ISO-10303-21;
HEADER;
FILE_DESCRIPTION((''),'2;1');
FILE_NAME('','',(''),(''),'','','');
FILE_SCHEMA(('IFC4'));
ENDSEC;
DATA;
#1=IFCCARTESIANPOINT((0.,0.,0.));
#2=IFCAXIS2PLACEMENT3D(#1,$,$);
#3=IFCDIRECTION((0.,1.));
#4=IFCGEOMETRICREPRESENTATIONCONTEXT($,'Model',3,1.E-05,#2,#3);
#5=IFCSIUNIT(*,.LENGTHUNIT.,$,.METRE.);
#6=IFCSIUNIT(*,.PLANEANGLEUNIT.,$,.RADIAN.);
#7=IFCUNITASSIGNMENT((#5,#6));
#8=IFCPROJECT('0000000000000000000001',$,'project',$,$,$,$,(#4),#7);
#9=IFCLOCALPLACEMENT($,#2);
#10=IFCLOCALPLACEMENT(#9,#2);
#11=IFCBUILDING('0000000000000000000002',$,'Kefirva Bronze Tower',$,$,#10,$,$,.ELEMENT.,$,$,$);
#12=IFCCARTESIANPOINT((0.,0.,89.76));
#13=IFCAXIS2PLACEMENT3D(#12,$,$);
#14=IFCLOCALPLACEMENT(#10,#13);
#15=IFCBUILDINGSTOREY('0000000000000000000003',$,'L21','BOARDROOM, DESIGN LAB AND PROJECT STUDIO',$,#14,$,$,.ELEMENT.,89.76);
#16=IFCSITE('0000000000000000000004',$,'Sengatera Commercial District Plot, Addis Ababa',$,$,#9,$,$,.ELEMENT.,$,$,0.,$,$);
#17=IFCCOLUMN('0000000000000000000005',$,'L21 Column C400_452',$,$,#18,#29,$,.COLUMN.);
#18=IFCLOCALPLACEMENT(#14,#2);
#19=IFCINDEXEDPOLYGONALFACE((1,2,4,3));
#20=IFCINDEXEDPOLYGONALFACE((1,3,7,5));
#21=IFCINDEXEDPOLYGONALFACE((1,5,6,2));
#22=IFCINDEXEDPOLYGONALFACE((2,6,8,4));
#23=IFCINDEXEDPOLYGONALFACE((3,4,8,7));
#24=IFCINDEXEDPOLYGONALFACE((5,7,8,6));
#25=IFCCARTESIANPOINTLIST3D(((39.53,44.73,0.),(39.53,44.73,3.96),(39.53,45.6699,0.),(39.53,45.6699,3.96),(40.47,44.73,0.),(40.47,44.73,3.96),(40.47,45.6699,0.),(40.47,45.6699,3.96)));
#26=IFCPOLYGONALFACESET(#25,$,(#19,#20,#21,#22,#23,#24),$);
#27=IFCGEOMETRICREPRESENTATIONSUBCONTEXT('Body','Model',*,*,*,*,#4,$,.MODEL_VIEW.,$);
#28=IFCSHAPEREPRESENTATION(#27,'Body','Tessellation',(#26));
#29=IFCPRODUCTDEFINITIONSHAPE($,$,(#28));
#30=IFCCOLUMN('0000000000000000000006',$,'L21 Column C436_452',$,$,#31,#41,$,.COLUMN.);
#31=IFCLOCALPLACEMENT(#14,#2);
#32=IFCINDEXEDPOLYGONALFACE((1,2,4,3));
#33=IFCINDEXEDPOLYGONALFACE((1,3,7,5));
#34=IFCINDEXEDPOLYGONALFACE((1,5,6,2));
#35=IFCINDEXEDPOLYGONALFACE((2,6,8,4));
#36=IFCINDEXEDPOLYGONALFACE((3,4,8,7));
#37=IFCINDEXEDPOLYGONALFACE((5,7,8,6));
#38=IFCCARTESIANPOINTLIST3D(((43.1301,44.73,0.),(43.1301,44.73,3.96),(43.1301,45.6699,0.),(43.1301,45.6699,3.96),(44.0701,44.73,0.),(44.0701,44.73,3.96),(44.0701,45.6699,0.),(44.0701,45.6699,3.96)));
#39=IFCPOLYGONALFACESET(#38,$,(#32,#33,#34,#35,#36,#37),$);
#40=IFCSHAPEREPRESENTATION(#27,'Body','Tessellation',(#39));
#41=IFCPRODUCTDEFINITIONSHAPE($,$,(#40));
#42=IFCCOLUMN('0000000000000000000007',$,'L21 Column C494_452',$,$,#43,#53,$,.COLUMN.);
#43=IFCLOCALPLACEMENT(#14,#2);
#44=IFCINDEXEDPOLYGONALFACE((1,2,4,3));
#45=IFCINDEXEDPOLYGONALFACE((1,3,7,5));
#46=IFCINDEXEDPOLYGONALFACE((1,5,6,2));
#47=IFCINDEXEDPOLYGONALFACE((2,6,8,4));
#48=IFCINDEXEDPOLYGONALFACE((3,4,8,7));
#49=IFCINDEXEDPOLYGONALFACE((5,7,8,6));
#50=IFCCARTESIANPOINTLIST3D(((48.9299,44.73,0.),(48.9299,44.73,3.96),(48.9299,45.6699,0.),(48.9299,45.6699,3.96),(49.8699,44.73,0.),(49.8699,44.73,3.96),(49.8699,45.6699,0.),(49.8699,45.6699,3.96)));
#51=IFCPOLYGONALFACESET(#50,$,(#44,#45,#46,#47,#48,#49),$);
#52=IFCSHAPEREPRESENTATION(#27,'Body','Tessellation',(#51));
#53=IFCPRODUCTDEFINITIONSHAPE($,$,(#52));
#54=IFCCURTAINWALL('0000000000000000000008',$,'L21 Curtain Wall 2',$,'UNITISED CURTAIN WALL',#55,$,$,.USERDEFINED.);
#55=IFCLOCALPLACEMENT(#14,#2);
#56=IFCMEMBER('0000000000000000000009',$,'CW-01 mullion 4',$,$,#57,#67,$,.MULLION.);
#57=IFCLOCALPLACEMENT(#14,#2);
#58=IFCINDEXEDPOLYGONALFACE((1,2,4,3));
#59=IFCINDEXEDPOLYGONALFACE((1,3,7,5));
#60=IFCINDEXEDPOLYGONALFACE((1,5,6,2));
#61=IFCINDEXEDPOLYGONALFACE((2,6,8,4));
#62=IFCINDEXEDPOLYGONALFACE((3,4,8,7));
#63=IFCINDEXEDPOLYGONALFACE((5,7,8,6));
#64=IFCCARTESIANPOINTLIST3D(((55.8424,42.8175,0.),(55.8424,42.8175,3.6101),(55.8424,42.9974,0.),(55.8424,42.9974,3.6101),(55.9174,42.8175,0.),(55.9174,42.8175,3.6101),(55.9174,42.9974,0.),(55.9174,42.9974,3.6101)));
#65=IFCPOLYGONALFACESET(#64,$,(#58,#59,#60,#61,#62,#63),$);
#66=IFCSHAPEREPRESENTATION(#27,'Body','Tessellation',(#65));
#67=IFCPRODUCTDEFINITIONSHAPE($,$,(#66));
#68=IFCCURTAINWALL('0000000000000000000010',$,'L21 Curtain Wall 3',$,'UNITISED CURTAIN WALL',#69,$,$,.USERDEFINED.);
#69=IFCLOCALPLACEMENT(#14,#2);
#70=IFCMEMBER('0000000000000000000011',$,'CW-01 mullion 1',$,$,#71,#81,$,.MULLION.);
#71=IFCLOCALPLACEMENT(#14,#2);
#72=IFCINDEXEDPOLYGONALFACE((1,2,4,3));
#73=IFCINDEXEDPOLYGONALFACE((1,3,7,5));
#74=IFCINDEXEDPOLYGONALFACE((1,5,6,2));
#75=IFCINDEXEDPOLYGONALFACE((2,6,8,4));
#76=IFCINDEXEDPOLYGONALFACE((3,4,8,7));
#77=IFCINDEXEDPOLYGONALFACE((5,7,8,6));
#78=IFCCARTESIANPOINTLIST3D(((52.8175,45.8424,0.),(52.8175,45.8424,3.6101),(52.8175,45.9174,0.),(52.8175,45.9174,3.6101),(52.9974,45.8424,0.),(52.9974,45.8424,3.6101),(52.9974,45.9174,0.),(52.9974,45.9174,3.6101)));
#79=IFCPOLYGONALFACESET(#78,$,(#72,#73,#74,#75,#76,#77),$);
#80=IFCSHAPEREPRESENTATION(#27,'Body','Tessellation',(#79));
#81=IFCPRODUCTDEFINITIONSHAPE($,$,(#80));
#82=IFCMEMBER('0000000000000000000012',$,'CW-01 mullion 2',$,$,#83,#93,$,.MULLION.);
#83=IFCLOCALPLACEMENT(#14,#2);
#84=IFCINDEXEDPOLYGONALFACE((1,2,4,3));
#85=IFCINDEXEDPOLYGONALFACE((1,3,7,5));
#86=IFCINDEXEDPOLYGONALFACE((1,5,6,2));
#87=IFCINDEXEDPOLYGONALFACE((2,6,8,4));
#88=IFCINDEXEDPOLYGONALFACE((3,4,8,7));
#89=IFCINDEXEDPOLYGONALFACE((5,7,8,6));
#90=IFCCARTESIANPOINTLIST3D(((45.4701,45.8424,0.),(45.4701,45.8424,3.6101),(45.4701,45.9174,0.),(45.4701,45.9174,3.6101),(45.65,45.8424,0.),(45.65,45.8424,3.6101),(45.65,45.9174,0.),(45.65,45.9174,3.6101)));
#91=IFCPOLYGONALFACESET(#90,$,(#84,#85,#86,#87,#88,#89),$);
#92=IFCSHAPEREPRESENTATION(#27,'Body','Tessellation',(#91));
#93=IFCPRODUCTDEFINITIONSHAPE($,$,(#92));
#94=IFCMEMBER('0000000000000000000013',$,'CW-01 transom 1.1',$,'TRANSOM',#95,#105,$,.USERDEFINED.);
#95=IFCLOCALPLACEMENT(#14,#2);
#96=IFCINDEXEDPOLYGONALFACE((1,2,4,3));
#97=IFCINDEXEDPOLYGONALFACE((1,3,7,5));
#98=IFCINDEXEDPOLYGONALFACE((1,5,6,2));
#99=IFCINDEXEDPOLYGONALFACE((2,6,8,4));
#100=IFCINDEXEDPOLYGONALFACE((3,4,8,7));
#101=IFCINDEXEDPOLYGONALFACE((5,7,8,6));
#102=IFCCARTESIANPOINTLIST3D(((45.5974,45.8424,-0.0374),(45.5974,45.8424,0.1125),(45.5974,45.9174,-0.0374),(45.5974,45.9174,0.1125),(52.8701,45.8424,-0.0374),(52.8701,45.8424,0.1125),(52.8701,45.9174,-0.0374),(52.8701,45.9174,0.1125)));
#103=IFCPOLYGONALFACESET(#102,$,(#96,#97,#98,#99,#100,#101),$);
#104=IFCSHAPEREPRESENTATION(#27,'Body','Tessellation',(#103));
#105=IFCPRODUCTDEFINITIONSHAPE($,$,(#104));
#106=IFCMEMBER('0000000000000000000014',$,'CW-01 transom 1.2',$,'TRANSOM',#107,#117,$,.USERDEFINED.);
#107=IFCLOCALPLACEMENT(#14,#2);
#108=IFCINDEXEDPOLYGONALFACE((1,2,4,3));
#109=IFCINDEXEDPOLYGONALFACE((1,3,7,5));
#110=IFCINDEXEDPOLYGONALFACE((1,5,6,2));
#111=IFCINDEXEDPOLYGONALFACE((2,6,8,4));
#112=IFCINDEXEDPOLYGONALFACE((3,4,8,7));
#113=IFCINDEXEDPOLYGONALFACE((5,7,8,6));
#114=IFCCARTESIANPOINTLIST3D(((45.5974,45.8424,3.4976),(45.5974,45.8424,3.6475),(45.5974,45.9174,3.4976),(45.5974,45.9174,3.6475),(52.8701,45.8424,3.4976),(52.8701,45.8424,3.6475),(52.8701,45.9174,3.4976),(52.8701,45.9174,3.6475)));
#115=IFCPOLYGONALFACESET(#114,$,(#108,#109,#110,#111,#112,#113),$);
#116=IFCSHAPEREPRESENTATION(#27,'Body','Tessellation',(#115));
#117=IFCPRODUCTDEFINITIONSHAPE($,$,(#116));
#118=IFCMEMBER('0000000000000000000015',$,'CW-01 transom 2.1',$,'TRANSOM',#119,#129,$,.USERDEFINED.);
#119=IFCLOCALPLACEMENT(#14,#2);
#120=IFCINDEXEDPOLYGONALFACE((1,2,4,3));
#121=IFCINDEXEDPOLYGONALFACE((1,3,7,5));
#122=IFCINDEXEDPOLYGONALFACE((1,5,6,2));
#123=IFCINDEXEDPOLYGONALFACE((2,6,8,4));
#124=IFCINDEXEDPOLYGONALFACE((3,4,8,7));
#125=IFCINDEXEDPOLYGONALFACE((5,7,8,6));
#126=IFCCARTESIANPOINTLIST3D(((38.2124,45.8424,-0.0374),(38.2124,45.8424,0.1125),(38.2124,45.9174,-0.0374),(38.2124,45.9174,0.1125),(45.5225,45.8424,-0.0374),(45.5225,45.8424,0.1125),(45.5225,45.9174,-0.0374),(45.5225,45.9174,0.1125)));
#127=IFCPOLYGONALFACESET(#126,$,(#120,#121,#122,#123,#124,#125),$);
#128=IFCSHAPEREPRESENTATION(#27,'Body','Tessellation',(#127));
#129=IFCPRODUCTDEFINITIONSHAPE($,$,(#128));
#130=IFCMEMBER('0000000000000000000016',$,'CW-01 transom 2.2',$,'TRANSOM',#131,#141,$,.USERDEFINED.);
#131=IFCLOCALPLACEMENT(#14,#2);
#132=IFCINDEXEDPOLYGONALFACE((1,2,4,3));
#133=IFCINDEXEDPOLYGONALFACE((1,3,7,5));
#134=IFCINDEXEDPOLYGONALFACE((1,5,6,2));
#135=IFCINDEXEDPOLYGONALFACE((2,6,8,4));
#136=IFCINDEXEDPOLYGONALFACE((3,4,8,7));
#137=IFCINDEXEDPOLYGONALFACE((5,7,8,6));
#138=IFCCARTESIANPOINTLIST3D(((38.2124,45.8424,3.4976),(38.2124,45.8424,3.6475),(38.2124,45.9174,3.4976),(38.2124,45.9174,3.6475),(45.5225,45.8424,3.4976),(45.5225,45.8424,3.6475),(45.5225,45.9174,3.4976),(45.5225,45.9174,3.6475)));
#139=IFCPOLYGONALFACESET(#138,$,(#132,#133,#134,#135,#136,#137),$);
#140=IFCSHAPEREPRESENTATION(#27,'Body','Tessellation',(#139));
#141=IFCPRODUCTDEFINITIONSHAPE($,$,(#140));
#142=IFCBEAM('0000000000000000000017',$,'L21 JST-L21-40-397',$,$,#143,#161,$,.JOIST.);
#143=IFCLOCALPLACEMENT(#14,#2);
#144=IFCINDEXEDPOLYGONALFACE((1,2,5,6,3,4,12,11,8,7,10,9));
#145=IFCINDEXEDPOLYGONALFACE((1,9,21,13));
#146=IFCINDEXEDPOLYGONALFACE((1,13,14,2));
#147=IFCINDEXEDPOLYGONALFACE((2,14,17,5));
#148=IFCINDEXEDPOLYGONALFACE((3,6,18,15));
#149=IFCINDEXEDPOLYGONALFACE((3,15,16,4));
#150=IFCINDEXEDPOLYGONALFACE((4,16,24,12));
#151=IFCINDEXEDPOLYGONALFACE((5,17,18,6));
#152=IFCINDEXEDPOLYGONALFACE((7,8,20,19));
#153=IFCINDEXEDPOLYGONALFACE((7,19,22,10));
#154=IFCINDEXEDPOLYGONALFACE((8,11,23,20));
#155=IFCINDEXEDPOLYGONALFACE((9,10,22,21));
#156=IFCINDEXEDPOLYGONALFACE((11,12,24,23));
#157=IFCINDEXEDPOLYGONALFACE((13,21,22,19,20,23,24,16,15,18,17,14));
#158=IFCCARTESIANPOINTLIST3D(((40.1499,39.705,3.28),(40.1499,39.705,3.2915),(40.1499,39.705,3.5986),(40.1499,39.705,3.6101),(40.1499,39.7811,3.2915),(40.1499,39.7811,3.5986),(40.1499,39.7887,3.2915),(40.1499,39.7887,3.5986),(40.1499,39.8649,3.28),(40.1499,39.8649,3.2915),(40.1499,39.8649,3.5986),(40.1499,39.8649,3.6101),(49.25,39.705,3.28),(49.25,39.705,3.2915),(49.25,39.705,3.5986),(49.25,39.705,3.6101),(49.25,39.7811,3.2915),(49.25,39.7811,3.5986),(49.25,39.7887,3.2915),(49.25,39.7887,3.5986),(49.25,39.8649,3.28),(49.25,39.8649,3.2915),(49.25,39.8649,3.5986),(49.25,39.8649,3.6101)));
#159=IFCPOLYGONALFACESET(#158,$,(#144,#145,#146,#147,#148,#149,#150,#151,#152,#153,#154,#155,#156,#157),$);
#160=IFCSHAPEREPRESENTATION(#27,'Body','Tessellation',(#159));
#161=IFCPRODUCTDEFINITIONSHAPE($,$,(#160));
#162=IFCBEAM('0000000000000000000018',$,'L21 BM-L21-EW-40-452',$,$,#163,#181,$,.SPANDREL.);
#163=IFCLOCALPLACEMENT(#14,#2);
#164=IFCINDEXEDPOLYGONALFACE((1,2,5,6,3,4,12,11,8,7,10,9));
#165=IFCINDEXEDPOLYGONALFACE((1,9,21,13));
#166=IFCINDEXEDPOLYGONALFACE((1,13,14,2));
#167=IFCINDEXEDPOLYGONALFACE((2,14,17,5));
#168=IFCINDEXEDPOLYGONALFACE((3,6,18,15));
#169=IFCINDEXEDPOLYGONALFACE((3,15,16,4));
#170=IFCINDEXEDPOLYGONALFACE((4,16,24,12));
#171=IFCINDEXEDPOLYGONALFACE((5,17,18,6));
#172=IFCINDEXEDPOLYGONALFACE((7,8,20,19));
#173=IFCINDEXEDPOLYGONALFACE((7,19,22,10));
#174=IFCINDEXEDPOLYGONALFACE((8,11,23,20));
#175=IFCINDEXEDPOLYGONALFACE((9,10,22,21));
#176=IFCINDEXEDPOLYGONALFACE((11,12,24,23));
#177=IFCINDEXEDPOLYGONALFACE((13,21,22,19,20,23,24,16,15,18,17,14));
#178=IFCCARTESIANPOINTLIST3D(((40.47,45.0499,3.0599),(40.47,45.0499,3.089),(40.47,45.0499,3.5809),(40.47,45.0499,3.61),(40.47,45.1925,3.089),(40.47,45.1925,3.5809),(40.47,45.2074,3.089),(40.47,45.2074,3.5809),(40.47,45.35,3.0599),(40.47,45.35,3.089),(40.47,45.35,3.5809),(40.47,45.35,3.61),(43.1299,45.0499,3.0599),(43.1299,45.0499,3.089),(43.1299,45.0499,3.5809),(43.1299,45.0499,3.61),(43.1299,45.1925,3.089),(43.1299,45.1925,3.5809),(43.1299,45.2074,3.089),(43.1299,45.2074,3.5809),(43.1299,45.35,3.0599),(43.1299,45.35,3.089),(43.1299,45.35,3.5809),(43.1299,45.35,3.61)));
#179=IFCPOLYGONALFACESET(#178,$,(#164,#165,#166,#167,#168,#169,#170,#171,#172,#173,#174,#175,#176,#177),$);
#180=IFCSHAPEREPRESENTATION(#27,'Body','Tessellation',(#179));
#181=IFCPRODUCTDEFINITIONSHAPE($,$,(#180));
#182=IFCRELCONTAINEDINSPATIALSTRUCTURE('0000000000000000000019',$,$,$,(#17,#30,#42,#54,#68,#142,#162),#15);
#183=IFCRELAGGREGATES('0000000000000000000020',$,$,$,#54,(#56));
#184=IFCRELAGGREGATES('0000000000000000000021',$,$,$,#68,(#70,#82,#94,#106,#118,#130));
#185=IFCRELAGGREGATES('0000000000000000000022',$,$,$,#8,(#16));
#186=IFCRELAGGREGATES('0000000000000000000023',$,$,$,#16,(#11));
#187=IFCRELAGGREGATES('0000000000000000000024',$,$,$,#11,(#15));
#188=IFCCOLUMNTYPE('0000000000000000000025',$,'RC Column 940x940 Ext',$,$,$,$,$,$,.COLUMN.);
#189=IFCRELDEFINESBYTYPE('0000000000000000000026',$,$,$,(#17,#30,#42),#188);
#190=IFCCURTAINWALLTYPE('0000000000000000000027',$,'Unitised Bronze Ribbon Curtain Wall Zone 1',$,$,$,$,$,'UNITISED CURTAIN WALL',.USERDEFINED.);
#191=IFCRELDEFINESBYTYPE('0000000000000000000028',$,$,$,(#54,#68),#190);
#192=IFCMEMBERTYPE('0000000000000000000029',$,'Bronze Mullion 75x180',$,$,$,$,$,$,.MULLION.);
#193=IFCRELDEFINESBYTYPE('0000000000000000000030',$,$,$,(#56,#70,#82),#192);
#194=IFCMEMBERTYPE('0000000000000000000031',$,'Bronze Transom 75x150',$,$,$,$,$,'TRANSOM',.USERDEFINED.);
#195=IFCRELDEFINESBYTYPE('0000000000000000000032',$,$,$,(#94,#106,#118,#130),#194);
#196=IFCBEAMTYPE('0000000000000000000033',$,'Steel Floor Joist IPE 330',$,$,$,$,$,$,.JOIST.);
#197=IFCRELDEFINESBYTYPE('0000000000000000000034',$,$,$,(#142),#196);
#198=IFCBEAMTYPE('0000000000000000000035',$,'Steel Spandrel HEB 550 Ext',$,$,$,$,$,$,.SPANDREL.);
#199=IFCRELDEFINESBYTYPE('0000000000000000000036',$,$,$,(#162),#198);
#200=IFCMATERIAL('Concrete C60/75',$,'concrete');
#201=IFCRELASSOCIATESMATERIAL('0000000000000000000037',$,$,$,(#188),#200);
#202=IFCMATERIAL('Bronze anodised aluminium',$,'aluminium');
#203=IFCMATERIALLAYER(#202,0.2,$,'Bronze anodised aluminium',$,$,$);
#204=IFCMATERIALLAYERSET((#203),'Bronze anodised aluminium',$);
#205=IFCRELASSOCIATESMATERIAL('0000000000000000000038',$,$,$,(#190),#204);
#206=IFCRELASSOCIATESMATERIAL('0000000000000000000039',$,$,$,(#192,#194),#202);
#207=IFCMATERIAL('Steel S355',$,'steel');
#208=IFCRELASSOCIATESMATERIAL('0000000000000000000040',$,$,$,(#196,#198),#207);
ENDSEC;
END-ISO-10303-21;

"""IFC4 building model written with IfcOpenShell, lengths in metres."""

from ifc_helpers import new_model, si_unit, direction, frame, origin, origin_2d, place, context, subcontext, project, spatial, rectangle, i_section, extrude, material, layer, layer_set, material_profile, profile_set, type_object, element, aggregate, save


model = new_model("IFC4")

# Units and contexts
model_context = context("Model", 3, precision=1e-05, world=origin(), true_north=direction((0.0, 1.0)))
body_context = subcontext(model_context, "Body", "Model", "MODEL_VIEW")
ifc_project = project(units=[si_unit("LENGTHUNIT", "METRE"), si_unit("PLANEANGLEUNIT", "RADIAN")], contexts=[model_context])

# Site, building, storey
site_placement = place(None, origin())
site = spatial("IfcSite", under=ifc_project, at=site_placement, Name="Sengatera Commercial District Plot, Addis Ababa", CompositionType="ELEMENT", RefElevation=0.0)
building_placement = place(site_placement, origin())
building = spatial("IfcBuilding", under=site, at=building_placement, Name="Kefirva Bronze Tower", CompositionType="ELEMENT")
storey_placement = place(building_placement, frame((0.0, 0.0, 89.76)))
storey = spatial("IfcBuildingStorey", under=building, at=storey_placement, Name="L21", Description="BOARDROOM, DESIGN LAB AND PROJECT STUDIO", CompositionType="ELEMENT", Elevation=89.76)

# Columns
ifc_material_1 = material(Name="Concrete C60/75", Category="concrete")
ifc_material_profile_1 = material_profile(ifc_material_1, rectangle(XDim=0.9399, YDim=0.9399, at=origin_2d()), Name="RC 940x940")
ifc_profile_set_1 = profile_set([ifc_material_profile_1], Name="Concrete C60/75")
column_type = type_object("IfcColumnType", Name="RC Column 940x940 Ext", PredefinedType="COLUMN", material=ifc_profile_set_1)
for number, where, z_axis, x_axis, name in (
    (1, (40.0, 45.2, 0.0), (0.0, 0.0, 1.0), (1.0, 0.0, 0.0), "L21 Column C400_452"),
    (2, (43.6001, 45.2, 0.0), (0.0, 0.0, 1.0), (1.0, 0.0, 0.0), "L21 Column C436_452"),
    (3, (49.3999, 45.2, 0.0), (0.0, 0.0, 1.0), (1.0, 0.0, 0.0), "L21 Column C494_452"),
):
    element("IfcColumn", number, at=place(storey_placement, frame(where, z_axis=z_axis, x_axis=x_axis)), inside=storey, type_object=column_type, Name=name, PredefinedType="COLUMN", context=body_context, shape_type="SweptSolid", body=[
        extrude(rectangle(XDim=0.9399, YDim=0.9399, at=origin_2d()), origin(), (0.0, 0.0, 1.0), 3.96),
    ])

# Curtain wall, member
ifc_material_2 = material(Name="Bronze anodised aluminium", Category="aluminium")
ifc_layer_1 = layer(ifc_material_2, 0.2, Name="Bronze anodised aluminium")
ifc_layer_set_1 = layer_set([ifc_layer_1], Name="Bronze anodised aluminium")
curtain_wall_type = type_object("IfcCurtainWallType", Name="Unitised Bronze Ribbon Curtain Wall Zone 1", ElementType="UNITISED CURTAIN WALL", PredefinedType="USERDEFINED", material=ifc_layer_set_1)
curtain_wall_1_placement = place(storey_placement, origin())
curtain_wall_1 = element("IfcCurtainWall", 4, at=curtain_wall_1_placement, inside=storey, type_object=curtain_wall_type, Name="L21 Curtain Wall 2", ObjectType="UNITISED CURTAIN WALL", PredefinedType="USERDEFINED")
ifc_material_profile_2 = material_profile(ifc_material_2, rectangle(XDim=0.075, YDim=0.1799, at=origin_2d()), Name="ALU 75x180")
ifc_profile_set_2 = profile_set([ifc_material_profile_2], Name="Bronze anodised aluminium")
member_type_1 = type_object("IfcMemberType", Name="Bronze Mullion 75x180", PredefinedType="MULLION", material=ifc_profile_set_2)
member_1_placement = place(storey_placement, frame((55.8799, 42.9075, 0.0), z_axis=(0.0, 0.0, 1.0), x_axis=(-1.0, 0.0, 0.0)))
member_1 = element("IfcMember", 5, at=member_1_placement, type_object=member_type_1, Name="CW-01 mullion 4", PredefinedType="MULLION", context=body_context, shape_type="SweptSolid", body=[
    extrude(rectangle(XDim=0.075, YDim=0.1799, at=origin_2d()), origin(), (0.0, 0.0, 1.0), 3.6101),
])

# Curtain wall, members
curtain_wall_2_placement = place(storey_placement, origin())
curtain_wall_2 = element("IfcCurtainWall", 6, at=curtain_wall_2_placement, inside=storey, type_object=curtain_wall_type, Name="L21 Curtain Wall 3", ObjectType="UNITISED CURTAIN WALL", PredefinedType="USERDEFINED")
member_2_placement = place(storey_placement, frame((52.9075, 45.8799, 0.0), z_axis=(0.0, 0.0, 1.0), x_axis=(0.0, -1.0, 0.0)))
member_2 = element("IfcMember", 7, at=member_2_placement, type_object=member_type_1, Name="CW-01 mullion 1", PredefinedType="MULLION", context=body_context, shape_type="SweptSolid", body=[
    extrude(rectangle(XDim=0.075, YDim=0.1799, at=origin_2d()), origin(), (0.0, 0.0, 1.0), 3.6101),
])
member_3_placement = place(storey_placement, frame((45.5601, 45.8799, 0.0), z_axis=(0.0, 0.0, 1.0), x_axis=(0.0, -1.0, 0.0)))
member_3 = element("IfcMember", 8, at=member_3_placement, type_object=member_type_1, Name="CW-01 mullion 2", PredefinedType="MULLION", context=body_context, shape_type="SweptSolid", body=[
    extrude(rectangle(XDim=0.075, YDim=0.1799, at=origin_2d()), origin(), (0.0, 0.0, 1.0), 3.6101),
])
ifc_material_profile_3 = material_profile(ifc_material_2, rectangle(XDim=0.075, YDim=0.1499, at=origin_2d()), Name="ALU 75x150")
ifc_profile_set_3 = profile_set([ifc_material_profile_3], Name="Bronze anodised aluminium")
member_type_2 = type_object("IfcMemberType", Name="Bronze Transom 75x150", ElementType="TRANSOM", PredefinedType="USERDEFINED", material=ifc_profile_set_3)
member_4_placement = place(storey_placement, frame((52.8701, 45.8799, 0.0376), z_axis=(-1.0, 0.0, 0.0), x_axis=(0.0, -1.0, 0.0)))
member_4 = element("IfcMember", 9, at=member_4_placement, type_object=member_type_2, Name="CW-01 transom 1.1", ObjectType="TRANSOM", PredefinedType="USERDEFINED", context=body_context, shape_type="SweptSolid", body=[
    extrude(rectangle(XDim=0.075, YDim=0.1499, at=origin_2d()), origin(), (0.0, 0.0, 1.0), 7.2727),
])
member_5_placement = place(storey_placement, frame((52.8701, 45.8799, 3.5725), z_axis=(-1.0, 0.0, 0.0), x_axis=(0.0, -1.0, 0.0)))
member_5 = element("IfcMember", 10, at=member_5_placement, type_object=member_type_2, Name="CW-01 transom 1.2", ObjectType="TRANSOM", PredefinedType="USERDEFINED", context=body_context, shape_type="SweptSolid", body=[
    extrude(rectangle(XDim=0.075, YDim=0.1499, at=origin_2d()), origin(), (0.0, 0.0, 1.0), 7.2727),
])
member_6_placement = place(storey_placement, frame((45.5225, 45.8799, 0.0376), z_axis=(-1.0, 0.0, 0.0), x_axis=(0.0, -1.0, 0.0)))
member_6 = element("IfcMember", 11, at=member_6_placement, type_object=member_type_2, Name="CW-01 transom 2.1", ObjectType="TRANSOM", PredefinedType="USERDEFINED", context=body_context, shape_type="SweptSolid", body=[
    extrude(rectangle(XDim=0.075, YDim=0.1499, at=origin_2d()), origin(), (0.0, 0.0, 1.0), 7.3101),
])
member_7_placement = place(storey_placement, frame((45.5225, 45.8799, 3.5725), z_axis=(-1.0, 0.0, 0.0), x_axis=(0.0, -1.0, 0.0)))
member_7 = element("IfcMember", 12, at=member_7_placement, type_object=member_type_2, Name="CW-01 transom 2.2", ObjectType="TRANSOM", PredefinedType="USERDEFINED", context=body_context, shape_type="SweptSolid", body=[
    extrude(rectangle(XDim=0.075, YDim=0.1499, at=origin_2d()), origin(), (0.0, 0.0, 1.0), 7.3101),
])

# Beams
ifc_material_3 = material(Name="Steel S355", Category="steel")
ifc_material_profile_4 = material_profile(ifc_material_3, i_section(OverallWidth=0.1599, OverallDepth=0.3301, WebThickness=0.0076, FlangeThickness=0.0115, at=origin_2d()), Name="IPE 330")
ifc_profile_set_4 = profile_set([ifc_material_profile_4], Name="Steel S355")
beam_type_1 = type_object("IfcBeamType", Name="Steel Floor Joist IPE 330", PredefinedType="JOIST", material=ifc_profile_set_4)
beam_1_placement = place(storey_placement, frame((40.1499, 39.7849, 3.4451), z_axis=(1.0, 0.0, 0.0), x_axis=(0.0, 1.0, 0.0)))
element("IfcBeam", 13, at=beam_1_placement, inside=storey, type_object=beam_type_1, Name="L21 JST-L21-40-397", PredefinedType="JOIST", context=body_context, shape_type="SweptSolid", body=[
    extrude(i_section(OverallWidth=0.1599, OverallDepth=0.3301, WebThickness=0.0076, FlangeThickness=0.0115, at=origin_2d()), origin(), (0.0, 0.0, 1.0), 9.1001),
])
ifc_material_profile_5 = material_profile(ifc_material_3, i_section(OverallWidth=0.3, OverallDepth=0.55, WebThickness=0.0149, FlangeThickness=0.0291, at=origin_2d()), Name="HEB 550")
ifc_profile_set_5 = profile_set([ifc_material_profile_5], Name="Steel S355")
beam_type_2 = type_object("IfcBeamType", Name="Steel Spandrel HEB 550 Ext", PredefinedType="SPANDREL", material=ifc_profile_set_5)
beam_2_placement = place(storey_placement, frame((40.47, 45.2, 3.335), z_axis=(1.0, 0.0, 0.0), x_axis=(0.0, 1.0, 0.0)))
element("IfcBeam", 14, at=beam_2_placement, inside=storey, type_object=beam_type_2, Name="L21 BM-L21-EW-40-452", PredefinedType="SPANDREL", context=body_context, shape_type="SweptSolid", body=[
    extrude(i_section(OverallWidth=0.3, OverallDepth=0.55, WebThickness=0.0149, FlangeThickness=0.0291, at=origin_2d()), origin(), (0.0, 0.0, 1.0), 2.6599),
])

aggregate(curtain_wall_1, [member_1])
aggregate(curtain_wall_2, [member_2, member_3, member_4, member_5, member_6, member_7])

save(model, "model.ifc")
